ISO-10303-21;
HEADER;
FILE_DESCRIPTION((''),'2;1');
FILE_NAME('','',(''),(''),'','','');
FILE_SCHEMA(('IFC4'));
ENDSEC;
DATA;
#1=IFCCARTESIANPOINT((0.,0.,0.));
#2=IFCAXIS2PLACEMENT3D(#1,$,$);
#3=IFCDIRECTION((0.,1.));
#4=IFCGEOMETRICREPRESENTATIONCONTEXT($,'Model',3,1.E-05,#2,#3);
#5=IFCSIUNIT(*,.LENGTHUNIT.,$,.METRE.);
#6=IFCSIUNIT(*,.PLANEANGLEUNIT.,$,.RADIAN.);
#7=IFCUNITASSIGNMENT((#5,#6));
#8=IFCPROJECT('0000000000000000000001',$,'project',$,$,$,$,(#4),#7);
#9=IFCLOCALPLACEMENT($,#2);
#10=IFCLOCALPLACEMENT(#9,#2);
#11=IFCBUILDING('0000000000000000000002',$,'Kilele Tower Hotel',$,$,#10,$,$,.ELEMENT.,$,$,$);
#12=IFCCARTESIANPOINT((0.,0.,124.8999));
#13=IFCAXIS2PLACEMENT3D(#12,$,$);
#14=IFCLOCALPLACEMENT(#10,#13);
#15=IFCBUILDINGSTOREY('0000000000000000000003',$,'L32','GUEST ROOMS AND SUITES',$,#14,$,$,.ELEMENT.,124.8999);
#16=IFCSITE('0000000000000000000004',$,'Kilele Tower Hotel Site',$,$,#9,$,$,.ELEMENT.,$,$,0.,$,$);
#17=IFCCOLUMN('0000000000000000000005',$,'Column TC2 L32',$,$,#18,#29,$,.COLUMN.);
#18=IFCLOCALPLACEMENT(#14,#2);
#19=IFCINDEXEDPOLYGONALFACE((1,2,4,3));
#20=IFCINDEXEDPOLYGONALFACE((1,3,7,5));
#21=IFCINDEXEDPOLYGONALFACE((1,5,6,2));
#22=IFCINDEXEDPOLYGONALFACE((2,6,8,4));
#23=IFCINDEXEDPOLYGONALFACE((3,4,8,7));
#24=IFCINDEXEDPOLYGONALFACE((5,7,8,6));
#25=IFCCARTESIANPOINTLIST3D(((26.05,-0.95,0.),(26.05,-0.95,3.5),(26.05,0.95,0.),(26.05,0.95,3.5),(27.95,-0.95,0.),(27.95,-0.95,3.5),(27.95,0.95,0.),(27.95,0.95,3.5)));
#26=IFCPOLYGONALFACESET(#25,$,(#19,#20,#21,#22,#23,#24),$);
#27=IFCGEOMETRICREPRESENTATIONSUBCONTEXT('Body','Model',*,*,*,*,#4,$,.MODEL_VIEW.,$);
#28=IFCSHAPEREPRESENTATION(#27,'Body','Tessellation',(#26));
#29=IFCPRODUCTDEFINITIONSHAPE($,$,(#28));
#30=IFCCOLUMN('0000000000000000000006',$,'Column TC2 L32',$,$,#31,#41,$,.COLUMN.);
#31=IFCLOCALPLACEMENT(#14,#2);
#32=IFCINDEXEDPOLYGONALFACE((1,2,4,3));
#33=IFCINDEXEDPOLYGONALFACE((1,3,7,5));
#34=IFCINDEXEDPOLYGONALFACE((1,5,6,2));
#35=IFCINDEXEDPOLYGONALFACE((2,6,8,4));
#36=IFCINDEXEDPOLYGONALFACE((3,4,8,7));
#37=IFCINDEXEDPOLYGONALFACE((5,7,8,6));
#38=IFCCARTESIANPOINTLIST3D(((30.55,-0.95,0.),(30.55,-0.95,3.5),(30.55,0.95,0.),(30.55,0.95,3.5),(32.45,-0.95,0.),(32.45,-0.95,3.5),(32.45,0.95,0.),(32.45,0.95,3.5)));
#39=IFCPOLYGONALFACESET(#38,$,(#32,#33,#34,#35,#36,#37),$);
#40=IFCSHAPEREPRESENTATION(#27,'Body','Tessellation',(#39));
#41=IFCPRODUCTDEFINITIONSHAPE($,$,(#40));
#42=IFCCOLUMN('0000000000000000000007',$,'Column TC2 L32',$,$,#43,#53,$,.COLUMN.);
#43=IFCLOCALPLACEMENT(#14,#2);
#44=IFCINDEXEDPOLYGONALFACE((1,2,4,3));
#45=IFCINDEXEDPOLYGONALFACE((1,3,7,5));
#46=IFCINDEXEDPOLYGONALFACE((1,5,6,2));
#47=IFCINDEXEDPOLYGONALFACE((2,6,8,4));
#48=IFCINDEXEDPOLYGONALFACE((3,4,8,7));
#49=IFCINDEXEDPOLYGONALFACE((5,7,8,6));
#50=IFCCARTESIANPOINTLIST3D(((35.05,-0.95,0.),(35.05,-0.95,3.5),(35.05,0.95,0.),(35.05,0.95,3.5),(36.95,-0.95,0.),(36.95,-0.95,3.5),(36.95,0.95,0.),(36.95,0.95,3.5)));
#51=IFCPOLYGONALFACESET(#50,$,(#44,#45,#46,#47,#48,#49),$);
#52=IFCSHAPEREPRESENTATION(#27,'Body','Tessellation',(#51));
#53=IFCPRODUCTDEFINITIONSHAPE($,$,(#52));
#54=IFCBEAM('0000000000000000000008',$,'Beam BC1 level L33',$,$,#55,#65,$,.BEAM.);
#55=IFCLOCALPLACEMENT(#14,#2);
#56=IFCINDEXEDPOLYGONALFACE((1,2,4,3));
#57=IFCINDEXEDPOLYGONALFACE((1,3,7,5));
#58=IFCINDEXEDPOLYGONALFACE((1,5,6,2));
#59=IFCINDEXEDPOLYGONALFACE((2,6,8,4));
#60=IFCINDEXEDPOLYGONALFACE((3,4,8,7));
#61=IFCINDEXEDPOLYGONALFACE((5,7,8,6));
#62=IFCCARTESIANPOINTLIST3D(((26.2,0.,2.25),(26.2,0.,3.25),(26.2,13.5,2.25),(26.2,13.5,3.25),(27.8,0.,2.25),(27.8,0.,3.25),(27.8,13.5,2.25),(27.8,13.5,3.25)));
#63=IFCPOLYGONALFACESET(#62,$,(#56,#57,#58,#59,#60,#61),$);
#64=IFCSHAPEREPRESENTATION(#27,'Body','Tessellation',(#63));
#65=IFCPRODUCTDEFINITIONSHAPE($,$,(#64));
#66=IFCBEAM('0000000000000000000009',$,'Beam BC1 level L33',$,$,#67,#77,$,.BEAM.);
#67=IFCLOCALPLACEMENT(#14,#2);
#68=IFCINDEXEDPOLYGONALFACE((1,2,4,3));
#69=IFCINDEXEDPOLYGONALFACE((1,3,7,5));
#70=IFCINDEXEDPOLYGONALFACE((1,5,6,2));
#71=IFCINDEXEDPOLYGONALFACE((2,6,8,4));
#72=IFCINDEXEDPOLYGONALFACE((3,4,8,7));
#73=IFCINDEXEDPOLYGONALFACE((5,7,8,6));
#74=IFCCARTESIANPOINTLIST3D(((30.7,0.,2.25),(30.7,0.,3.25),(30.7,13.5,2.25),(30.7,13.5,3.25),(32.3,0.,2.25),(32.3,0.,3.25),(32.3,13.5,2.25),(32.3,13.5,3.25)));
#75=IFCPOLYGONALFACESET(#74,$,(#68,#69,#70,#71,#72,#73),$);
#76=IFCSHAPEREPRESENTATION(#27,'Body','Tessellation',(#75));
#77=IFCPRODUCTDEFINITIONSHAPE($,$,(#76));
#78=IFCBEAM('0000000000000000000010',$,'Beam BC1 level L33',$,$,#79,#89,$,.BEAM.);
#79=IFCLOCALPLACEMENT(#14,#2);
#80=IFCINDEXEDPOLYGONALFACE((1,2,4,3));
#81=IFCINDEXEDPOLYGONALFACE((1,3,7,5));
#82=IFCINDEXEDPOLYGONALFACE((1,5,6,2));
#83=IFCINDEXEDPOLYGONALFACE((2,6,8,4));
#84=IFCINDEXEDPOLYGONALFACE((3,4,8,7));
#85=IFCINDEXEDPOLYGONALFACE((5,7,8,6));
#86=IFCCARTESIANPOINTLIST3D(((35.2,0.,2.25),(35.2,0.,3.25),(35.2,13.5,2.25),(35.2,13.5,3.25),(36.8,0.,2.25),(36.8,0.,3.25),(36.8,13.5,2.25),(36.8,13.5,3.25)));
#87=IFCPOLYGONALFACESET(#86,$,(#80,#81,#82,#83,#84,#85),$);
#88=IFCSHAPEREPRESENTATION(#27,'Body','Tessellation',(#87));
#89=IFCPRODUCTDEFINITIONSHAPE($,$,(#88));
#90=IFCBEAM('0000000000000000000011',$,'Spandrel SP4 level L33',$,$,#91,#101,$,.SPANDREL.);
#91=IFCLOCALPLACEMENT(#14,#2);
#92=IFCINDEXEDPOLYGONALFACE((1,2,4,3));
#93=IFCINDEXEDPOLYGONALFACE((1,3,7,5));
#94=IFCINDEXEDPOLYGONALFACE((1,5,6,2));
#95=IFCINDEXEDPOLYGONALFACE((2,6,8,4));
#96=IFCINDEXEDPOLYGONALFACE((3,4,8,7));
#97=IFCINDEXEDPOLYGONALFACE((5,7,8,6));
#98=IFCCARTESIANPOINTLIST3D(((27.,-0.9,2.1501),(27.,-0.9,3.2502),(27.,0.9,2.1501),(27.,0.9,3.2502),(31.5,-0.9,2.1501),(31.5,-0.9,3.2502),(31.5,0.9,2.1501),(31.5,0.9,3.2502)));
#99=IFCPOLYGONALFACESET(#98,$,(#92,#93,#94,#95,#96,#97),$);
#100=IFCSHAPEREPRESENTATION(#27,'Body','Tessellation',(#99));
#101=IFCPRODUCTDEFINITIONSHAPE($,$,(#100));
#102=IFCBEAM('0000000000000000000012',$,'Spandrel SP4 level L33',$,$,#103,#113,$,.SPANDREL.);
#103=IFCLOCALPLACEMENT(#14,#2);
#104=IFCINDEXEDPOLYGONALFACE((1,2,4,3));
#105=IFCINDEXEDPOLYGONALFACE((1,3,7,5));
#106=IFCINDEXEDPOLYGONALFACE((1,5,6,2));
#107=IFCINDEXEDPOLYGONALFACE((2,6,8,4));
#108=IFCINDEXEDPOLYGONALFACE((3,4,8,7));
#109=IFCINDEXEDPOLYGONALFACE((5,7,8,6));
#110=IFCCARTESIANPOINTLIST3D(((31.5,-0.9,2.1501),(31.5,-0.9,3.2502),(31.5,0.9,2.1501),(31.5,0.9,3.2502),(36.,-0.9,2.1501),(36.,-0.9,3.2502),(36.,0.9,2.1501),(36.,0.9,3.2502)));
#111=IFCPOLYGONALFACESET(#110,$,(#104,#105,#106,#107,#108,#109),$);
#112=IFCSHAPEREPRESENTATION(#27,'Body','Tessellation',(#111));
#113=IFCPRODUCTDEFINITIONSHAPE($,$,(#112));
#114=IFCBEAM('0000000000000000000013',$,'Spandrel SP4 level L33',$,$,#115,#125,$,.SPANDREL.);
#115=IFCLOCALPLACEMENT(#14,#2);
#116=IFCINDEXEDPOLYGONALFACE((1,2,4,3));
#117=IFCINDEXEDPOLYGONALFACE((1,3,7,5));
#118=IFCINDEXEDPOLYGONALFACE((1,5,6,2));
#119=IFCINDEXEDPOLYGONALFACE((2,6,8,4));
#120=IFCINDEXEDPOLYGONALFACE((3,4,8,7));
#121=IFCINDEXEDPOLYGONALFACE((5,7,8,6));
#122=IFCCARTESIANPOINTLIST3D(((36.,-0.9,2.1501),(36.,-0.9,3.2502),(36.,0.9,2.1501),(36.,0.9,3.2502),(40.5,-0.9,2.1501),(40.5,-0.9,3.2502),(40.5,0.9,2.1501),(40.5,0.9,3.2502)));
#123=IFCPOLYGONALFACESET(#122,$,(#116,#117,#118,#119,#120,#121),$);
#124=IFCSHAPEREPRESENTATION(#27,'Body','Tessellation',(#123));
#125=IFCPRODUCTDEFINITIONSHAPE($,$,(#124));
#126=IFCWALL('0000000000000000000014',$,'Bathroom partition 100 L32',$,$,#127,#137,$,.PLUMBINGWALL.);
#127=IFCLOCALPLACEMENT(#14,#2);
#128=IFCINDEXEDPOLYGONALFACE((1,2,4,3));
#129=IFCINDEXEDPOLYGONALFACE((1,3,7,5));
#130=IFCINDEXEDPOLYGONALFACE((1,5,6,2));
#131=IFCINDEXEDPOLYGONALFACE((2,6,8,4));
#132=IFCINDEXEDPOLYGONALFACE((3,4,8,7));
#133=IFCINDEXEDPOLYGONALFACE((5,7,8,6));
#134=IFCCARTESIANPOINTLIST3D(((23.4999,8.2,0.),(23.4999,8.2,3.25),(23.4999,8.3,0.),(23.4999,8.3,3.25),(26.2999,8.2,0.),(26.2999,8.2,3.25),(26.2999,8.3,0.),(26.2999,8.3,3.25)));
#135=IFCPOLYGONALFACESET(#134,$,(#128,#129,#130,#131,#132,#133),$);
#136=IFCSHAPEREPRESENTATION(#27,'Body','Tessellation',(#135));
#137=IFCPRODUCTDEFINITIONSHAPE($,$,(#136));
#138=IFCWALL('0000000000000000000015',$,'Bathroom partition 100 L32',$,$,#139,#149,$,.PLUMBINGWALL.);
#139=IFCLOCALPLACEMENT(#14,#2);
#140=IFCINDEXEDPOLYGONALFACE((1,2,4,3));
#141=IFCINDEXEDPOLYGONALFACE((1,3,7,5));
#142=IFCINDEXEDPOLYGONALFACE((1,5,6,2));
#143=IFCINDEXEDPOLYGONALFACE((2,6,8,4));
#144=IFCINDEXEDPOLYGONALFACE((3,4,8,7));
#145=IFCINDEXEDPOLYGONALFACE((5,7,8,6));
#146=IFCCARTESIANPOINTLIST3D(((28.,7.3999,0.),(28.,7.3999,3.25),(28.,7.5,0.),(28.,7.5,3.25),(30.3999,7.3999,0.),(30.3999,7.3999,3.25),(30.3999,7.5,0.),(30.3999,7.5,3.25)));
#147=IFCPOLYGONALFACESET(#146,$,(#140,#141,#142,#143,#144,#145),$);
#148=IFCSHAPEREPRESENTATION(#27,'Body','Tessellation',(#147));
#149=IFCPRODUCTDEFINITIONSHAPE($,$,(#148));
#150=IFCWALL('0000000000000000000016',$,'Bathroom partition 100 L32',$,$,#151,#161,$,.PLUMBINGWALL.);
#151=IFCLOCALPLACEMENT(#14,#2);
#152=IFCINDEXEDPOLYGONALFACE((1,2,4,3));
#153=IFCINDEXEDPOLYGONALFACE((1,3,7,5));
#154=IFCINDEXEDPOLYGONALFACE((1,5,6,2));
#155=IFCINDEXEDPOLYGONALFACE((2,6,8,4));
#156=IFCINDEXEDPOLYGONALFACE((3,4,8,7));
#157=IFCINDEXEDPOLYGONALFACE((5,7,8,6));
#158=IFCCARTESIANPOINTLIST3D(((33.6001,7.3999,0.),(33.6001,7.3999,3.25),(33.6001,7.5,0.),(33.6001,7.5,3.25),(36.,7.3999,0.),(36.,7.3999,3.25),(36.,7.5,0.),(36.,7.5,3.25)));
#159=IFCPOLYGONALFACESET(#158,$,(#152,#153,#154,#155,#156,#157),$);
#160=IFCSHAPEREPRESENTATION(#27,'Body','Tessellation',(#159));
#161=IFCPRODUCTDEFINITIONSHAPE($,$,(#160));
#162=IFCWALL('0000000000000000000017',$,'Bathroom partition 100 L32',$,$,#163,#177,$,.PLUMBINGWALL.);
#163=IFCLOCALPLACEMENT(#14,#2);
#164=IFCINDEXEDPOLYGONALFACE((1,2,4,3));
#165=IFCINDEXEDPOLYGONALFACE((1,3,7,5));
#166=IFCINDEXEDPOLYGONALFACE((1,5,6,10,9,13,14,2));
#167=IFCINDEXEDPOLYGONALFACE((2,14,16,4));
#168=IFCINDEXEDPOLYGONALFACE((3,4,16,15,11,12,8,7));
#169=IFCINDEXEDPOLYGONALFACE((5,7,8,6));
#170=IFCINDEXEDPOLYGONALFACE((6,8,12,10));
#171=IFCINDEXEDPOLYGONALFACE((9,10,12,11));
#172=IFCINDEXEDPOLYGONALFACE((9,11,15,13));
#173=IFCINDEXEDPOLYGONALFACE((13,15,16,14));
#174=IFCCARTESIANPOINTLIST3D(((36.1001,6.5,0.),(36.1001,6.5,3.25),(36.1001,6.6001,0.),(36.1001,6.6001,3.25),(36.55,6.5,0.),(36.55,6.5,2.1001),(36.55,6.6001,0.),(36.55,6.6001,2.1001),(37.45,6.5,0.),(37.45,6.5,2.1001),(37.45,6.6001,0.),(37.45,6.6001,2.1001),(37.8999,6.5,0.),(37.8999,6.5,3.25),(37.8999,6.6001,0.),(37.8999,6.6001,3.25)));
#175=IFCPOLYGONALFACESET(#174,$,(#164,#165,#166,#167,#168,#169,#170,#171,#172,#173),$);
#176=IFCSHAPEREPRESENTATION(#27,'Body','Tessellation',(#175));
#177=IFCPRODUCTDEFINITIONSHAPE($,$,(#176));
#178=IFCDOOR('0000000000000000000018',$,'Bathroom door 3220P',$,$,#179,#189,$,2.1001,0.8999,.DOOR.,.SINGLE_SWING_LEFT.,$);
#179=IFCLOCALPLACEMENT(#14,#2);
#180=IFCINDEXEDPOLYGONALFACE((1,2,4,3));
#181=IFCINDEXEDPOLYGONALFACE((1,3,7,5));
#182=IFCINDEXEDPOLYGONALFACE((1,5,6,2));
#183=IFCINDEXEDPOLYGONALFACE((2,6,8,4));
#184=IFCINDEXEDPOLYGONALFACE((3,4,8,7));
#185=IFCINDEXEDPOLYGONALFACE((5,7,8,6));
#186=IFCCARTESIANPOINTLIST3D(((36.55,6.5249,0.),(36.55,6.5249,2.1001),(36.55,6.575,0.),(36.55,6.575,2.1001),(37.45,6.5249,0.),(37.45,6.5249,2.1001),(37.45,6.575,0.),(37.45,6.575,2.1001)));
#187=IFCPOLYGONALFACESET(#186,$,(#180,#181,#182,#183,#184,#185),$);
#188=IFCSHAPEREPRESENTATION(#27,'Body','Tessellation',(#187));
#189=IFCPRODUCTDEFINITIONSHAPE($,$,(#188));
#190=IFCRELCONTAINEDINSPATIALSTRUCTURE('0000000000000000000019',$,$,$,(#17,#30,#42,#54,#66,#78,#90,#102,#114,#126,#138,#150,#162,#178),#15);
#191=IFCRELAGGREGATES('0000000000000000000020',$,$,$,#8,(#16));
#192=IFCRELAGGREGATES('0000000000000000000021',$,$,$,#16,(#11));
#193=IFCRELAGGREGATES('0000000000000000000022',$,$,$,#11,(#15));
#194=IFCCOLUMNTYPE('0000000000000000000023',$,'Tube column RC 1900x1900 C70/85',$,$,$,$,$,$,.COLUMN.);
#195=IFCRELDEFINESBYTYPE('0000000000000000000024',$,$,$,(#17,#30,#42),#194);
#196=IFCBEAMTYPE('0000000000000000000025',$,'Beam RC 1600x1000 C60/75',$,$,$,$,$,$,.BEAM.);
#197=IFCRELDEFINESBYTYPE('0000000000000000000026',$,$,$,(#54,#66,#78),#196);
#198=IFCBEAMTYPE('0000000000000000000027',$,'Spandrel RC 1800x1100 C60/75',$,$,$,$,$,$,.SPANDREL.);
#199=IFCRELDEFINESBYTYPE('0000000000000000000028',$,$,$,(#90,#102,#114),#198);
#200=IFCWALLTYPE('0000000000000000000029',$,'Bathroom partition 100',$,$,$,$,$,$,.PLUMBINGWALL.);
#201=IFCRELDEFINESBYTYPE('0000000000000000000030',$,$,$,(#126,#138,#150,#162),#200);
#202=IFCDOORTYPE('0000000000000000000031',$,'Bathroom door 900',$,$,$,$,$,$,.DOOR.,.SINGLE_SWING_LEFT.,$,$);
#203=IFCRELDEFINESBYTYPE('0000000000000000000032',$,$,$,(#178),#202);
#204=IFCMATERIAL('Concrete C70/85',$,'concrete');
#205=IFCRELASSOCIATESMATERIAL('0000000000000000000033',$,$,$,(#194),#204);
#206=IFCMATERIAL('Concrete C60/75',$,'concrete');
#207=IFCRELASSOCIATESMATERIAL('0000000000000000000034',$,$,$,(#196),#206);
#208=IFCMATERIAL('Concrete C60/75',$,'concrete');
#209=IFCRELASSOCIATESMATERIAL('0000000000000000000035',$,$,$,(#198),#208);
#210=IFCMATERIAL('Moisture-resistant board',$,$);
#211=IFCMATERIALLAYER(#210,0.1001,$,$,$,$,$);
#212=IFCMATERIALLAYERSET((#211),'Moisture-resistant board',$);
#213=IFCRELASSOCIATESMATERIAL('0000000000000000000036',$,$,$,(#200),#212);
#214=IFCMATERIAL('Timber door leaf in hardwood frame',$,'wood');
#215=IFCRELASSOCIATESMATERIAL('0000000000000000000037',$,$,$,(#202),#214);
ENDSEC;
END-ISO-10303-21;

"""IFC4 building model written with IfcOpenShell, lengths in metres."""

from ifc_helpers import new_model, si_unit, direction, frame, frame_2d, origin, origin_2d, place, context, subcontext, project, spatial, rectangle, extrude, material, layer, layer_set, material_profile, profile_set, type_object, element, fill, save


model = new_model("IFC4")

# Units and contexts
model_context = context("Model", 3, precision=1e-05, world=origin(), true_north=direction((0.0, 1.0)))
body_context = subcontext(model_context, "Body", "Model", "MODEL_VIEW")
ifc_project = project(units=[si_unit("LENGTHUNIT", "METRE"), si_unit("PLANEANGLEUNIT", "RADIAN")], contexts=[model_context])

# Site, building, storey
site_placement = place(None, origin())
site = spatial("IfcSite", under=ifc_project, at=site_placement, Name="Kilele Tower Hotel Site", CompositionType="ELEMENT", RefElevation=0.0)
building_placement = place(site_placement, origin())
building = spatial("IfcBuilding", under=site, at=building_placement, Name="Kilele Tower Hotel", CompositionType="ELEMENT")
storey_placement = place(building_placement, frame((0.0, 0.0, 124.8999)))
storey = spatial("IfcBuildingStorey", under=building, at=storey_placement, Name="L32", Description="GUEST ROOMS AND SUITES", CompositionType="ELEMENT", Elevation=124.8999)

# Columns
ifc_material_1 = material(Name="Concrete C70/85", Category="concrete")
ifc_material_profile_1 = material_profile(ifc_material_1, rectangle(XDim=1.8999, YDim=1.8999, at=origin_2d()))
ifc_profile_set_1 = profile_set([ifc_material_profile_1], Name="Concrete C70/85")
column_type = type_object("IfcColumnType", Name="Tube column RC 1900x1900 C70/85", PredefinedType="COLUMN", material=ifc_profile_set_1)
for number, where, z_axis, x_axis, name in (
    (1, (27.0, 0.0, 0.0), (0.0, 0.0, 1.0), (1.0, 0.0, 0.0), "Column TC2 L32"),
    (2, (31.5, 0.0, 0.0), (0.0, 0.0, 1.0), (1.0, 0.0, 0.0), "Column TC2 L32"),
    (3, (36.0, 0.0, 0.0), (0.0, 0.0, 1.0), (1.0, 0.0, 0.0), "Column TC2 L32"),
):
    element("IfcColumn", number, at=place(storey_placement, frame(where, z_axis=z_axis, x_axis=x_axis)), inside=storey, type_object=column_type, Name=name, PredefinedType="COLUMN", context=body_context, shape_type="SweptSolid", body=[
        extrude(rectangle(XDim=1.8999, YDim=1.8999, at=origin_2d()), origin(), (0.0, 0.0, 1.0), 3.5),
    ])

# Beams
ifc_material_2 = material(Name="Concrete C60/75", Category="concrete")
ifc_material_profile_2 = material_profile(ifc_material_2, rectangle(XDim=1.6001, YDim=1.0, at=origin_2d()))
ifc_profile_set_2 = profile_set([ifc_material_profile_2], Name="Concrete C60/75")
beam_type_1 = type_object("IfcBeamType", Name="Beam RC 1600x1000 C60/75", PredefinedType="BEAM", material=ifc_profile_set_2)
for number, where, z_axis, x_axis, name in (
    (4, (27.0, 0.0, 2.75), (0.0, 1.0, 0.0), (-1.0, 0.0, 0.0), "Beam BC1 level L33"),
    (5, (31.5, 0.0, 2.75), (0.0, 1.0, 0.0), (-1.0, 0.0, 0.0), "Beam BC1 level L33"),
    (6, (36.0, 0.0, 2.75), (0.0, 1.0, 0.0), (-1.0, 0.0, 0.0), "Beam BC1 level L33"),
):
    element("IfcBeam", number, at=place(storey_placement, frame(where, z_axis=z_axis, x_axis=x_axis)), inside=storey, type_object=beam_type_1, Name=name, PredefinedType="BEAM", context=body_context, shape_type="SweptSolid", body=[
        extrude(rectangle(XDim=1.6001, YDim=1.0, at=origin_2d()), origin(), (0.0, 0.0, 1.0), 13.5),
    ])
ifc_material_3 = material(Name="Concrete C60/75", Category="concrete")
ifc_material_profile_3 = material_profile(ifc_material_3, rectangle(XDim=1.8, YDim=1.1001, at=origin_2d()))
ifc_profile_set_3 = profile_set([ifc_material_profile_3], Name="Concrete C60/75")
beam_type_2 = type_object("IfcBeamType", Name="Spandrel RC 1800x1100 C60/75", PredefinedType="SPANDREL", material=ifc_profile_set_3)
for number, where, z_axis, x_axis, name in (
    (7, (27.0, 0.0, 2.7002), (1.0, 0.0, 0.0), (0.0, 1.0, 0.0), "Spandrel SP4 level L33"),
    (8, (31.5, 0.0, 2.7002), (1.0, 0.0, 0.0), (0.0, 1.0, 0.0), "Spandrel SP4 level L33"),
    (9, (36.0, 0.0, 2.7002), (1.0, 0.0, 0.0), (0.0, 1.0, 0.0), "Spandrel SP4 level L33"),
):
    element("IfcBeam", number, at=place(storey_placement, frame(where, z_axis=z_axis, x_axis=x_axis)), inside=storey, type_object=beam_type_2, Name=name, PredefinedType="SPANDREL", context=body_context, shape_type="SweptSolid", body=[
        extrude(rectangle(XDim=1.8, YDim=1.1001, at=origin_2d()), origin(), (0.0, 0.0, 1.0), 4.5),
    ])

# Walls
ifc_material_4 = material(Name="Moisture-resistant board")
ifc_layer_1 = layer(ifc_material_4, 0.1001)
ifc_layer_set_1 = layer_set([ifc_layer_1], Name="Moisture-resistant board")
wall_type_1 = type_object("IfcWallType", Name="Bathroom partition 100", PredefinedType="PLUMBINGWALL", material=ifc_layer_set_1)
wall_1_placement = place(storey_placement, frame((23.5, 8.25, 0.0), z_axis=(0.0, 0.0, 1.0), x_axis=(1.0, 0.0, 0.0)))
element("IfcWall", 10, at=wall_1_placement, inside=storey, type_object=wall_type_1, Name="Bathroom partition 100 L32", PredefinedType="PLUMBINGWALL", context=body_context, shape_type="SweptSolid", body=[
    extrude(rectangle(XDim=2.8, YDim=0.1001, at=frame_2d((1.3999, 0.0))), origin(), (0.0, 0.0, 1.0), 3.25),
])
for number, where, z_axis, x_axis, name in (
    (11, (28.0, 7.45, 0.0), (0.0, 0.0, 1.0), (1.0, 0.0, 0.0), "Bathroom partition 100 L32"),
    (12, (33.6001, 7.45, 0.0), (0.0, 0.0, 1.0), (1.0, 0.0, 0.0), "Bathroom partition 100 L32"),
):
    element("IfcWall", number, at=place(storey_placement, frame(where, z_axis=z_axis, x_axis=x_axis)), inside=storey, type_object=wall_type_1, Name=name, PredefinedType="PLUMBINGWALL", context=body_context, shape_type="SweptSolid", body=[
        extrude(rectangle(XDim=2.3999, YDim=0.1001, at=frame_2d((1.2, 0.0))), origin(), (0.0, 0.0, 1.0), 3.25),
    ])

# Wall, opening, door
wall_2_placement = place(storey_placement, frame((36.1001, 6.55, 0.0), z_axis=(0.0, 0.0, 1.0), x_axis=(1.0, 0.0, 0.0)))
wall_2 = element("IfcWall", 13, at=wall_2_placement, inside=storey, type_object=wall_type_1, Name="Bathroom partition 100 L32", PredefinedType="PLUMBINGWALL", context=body_context, shape_type="SweptSolid", body=[
    extrude(rectangle(XDim=1.7998, YDim=0.1001, at=frame_2d((0.8999, 0.0))), origin(), (0.0, 0.0, 1.0), 3.25),
])
opening_1_placement = place(wall_2_placement, frame((0.45, 0.0, 0.0)))
opening_1 = element("IfcOpeningElement", 14, at=opening_1_placement, cuts=wall_2, PredefinedType="OPENING", context=body_context, shape_type="SweptSolid", body=[
    extrude(rectangle(XDim=0.8999, YDim=2.1001, at=frame_2d((0.45, 1.05))), frame((0.0, 0.0601, 0.0), z_axis=(0.0, -1.0, 0.0), x_axis=(1.0, 0.0, 0.0)), (0.0, 0.0, 1.0), 0.1201),
])
ifc_material_5 = material(Name="Timber door leaf in hardwood frame", Category="wood")
door_type_1 = type_object("IfcDoorType", Name="Bathroom door 900", OperationType="SINGLE_SWING_LEFT", PredefinedType="DOOR", material=ifc_material_5)
door_1_placement = place(opening_1_placement, origin())
door_1 = element("IfcDoor", 15, at=door_1_placement, inside=storey, type_object=door_type_1, Name="Bathroom door 3220P", OperationType="SINGLE_SWING_LEFT", OverallHeight=2.1001, OverallWidth=0.8999, PredefinedType="DOOR", context=body_context, shape_type="SweptSolid", body=[
    extrude(rectangle(XDim=0.8999, YDim=2.1001, at=frame_2d((0.45, 1.05))), frame((0.0, 0.0249, 0.0), z_axis=(0.0, -1.0, 0.0), x_axis=(1.0, 0.0, 0.0)), (0.0, 0.0, 1.0), 0.05),
])
fill(opening_1, door_1)

save(model, "model.ifc")
